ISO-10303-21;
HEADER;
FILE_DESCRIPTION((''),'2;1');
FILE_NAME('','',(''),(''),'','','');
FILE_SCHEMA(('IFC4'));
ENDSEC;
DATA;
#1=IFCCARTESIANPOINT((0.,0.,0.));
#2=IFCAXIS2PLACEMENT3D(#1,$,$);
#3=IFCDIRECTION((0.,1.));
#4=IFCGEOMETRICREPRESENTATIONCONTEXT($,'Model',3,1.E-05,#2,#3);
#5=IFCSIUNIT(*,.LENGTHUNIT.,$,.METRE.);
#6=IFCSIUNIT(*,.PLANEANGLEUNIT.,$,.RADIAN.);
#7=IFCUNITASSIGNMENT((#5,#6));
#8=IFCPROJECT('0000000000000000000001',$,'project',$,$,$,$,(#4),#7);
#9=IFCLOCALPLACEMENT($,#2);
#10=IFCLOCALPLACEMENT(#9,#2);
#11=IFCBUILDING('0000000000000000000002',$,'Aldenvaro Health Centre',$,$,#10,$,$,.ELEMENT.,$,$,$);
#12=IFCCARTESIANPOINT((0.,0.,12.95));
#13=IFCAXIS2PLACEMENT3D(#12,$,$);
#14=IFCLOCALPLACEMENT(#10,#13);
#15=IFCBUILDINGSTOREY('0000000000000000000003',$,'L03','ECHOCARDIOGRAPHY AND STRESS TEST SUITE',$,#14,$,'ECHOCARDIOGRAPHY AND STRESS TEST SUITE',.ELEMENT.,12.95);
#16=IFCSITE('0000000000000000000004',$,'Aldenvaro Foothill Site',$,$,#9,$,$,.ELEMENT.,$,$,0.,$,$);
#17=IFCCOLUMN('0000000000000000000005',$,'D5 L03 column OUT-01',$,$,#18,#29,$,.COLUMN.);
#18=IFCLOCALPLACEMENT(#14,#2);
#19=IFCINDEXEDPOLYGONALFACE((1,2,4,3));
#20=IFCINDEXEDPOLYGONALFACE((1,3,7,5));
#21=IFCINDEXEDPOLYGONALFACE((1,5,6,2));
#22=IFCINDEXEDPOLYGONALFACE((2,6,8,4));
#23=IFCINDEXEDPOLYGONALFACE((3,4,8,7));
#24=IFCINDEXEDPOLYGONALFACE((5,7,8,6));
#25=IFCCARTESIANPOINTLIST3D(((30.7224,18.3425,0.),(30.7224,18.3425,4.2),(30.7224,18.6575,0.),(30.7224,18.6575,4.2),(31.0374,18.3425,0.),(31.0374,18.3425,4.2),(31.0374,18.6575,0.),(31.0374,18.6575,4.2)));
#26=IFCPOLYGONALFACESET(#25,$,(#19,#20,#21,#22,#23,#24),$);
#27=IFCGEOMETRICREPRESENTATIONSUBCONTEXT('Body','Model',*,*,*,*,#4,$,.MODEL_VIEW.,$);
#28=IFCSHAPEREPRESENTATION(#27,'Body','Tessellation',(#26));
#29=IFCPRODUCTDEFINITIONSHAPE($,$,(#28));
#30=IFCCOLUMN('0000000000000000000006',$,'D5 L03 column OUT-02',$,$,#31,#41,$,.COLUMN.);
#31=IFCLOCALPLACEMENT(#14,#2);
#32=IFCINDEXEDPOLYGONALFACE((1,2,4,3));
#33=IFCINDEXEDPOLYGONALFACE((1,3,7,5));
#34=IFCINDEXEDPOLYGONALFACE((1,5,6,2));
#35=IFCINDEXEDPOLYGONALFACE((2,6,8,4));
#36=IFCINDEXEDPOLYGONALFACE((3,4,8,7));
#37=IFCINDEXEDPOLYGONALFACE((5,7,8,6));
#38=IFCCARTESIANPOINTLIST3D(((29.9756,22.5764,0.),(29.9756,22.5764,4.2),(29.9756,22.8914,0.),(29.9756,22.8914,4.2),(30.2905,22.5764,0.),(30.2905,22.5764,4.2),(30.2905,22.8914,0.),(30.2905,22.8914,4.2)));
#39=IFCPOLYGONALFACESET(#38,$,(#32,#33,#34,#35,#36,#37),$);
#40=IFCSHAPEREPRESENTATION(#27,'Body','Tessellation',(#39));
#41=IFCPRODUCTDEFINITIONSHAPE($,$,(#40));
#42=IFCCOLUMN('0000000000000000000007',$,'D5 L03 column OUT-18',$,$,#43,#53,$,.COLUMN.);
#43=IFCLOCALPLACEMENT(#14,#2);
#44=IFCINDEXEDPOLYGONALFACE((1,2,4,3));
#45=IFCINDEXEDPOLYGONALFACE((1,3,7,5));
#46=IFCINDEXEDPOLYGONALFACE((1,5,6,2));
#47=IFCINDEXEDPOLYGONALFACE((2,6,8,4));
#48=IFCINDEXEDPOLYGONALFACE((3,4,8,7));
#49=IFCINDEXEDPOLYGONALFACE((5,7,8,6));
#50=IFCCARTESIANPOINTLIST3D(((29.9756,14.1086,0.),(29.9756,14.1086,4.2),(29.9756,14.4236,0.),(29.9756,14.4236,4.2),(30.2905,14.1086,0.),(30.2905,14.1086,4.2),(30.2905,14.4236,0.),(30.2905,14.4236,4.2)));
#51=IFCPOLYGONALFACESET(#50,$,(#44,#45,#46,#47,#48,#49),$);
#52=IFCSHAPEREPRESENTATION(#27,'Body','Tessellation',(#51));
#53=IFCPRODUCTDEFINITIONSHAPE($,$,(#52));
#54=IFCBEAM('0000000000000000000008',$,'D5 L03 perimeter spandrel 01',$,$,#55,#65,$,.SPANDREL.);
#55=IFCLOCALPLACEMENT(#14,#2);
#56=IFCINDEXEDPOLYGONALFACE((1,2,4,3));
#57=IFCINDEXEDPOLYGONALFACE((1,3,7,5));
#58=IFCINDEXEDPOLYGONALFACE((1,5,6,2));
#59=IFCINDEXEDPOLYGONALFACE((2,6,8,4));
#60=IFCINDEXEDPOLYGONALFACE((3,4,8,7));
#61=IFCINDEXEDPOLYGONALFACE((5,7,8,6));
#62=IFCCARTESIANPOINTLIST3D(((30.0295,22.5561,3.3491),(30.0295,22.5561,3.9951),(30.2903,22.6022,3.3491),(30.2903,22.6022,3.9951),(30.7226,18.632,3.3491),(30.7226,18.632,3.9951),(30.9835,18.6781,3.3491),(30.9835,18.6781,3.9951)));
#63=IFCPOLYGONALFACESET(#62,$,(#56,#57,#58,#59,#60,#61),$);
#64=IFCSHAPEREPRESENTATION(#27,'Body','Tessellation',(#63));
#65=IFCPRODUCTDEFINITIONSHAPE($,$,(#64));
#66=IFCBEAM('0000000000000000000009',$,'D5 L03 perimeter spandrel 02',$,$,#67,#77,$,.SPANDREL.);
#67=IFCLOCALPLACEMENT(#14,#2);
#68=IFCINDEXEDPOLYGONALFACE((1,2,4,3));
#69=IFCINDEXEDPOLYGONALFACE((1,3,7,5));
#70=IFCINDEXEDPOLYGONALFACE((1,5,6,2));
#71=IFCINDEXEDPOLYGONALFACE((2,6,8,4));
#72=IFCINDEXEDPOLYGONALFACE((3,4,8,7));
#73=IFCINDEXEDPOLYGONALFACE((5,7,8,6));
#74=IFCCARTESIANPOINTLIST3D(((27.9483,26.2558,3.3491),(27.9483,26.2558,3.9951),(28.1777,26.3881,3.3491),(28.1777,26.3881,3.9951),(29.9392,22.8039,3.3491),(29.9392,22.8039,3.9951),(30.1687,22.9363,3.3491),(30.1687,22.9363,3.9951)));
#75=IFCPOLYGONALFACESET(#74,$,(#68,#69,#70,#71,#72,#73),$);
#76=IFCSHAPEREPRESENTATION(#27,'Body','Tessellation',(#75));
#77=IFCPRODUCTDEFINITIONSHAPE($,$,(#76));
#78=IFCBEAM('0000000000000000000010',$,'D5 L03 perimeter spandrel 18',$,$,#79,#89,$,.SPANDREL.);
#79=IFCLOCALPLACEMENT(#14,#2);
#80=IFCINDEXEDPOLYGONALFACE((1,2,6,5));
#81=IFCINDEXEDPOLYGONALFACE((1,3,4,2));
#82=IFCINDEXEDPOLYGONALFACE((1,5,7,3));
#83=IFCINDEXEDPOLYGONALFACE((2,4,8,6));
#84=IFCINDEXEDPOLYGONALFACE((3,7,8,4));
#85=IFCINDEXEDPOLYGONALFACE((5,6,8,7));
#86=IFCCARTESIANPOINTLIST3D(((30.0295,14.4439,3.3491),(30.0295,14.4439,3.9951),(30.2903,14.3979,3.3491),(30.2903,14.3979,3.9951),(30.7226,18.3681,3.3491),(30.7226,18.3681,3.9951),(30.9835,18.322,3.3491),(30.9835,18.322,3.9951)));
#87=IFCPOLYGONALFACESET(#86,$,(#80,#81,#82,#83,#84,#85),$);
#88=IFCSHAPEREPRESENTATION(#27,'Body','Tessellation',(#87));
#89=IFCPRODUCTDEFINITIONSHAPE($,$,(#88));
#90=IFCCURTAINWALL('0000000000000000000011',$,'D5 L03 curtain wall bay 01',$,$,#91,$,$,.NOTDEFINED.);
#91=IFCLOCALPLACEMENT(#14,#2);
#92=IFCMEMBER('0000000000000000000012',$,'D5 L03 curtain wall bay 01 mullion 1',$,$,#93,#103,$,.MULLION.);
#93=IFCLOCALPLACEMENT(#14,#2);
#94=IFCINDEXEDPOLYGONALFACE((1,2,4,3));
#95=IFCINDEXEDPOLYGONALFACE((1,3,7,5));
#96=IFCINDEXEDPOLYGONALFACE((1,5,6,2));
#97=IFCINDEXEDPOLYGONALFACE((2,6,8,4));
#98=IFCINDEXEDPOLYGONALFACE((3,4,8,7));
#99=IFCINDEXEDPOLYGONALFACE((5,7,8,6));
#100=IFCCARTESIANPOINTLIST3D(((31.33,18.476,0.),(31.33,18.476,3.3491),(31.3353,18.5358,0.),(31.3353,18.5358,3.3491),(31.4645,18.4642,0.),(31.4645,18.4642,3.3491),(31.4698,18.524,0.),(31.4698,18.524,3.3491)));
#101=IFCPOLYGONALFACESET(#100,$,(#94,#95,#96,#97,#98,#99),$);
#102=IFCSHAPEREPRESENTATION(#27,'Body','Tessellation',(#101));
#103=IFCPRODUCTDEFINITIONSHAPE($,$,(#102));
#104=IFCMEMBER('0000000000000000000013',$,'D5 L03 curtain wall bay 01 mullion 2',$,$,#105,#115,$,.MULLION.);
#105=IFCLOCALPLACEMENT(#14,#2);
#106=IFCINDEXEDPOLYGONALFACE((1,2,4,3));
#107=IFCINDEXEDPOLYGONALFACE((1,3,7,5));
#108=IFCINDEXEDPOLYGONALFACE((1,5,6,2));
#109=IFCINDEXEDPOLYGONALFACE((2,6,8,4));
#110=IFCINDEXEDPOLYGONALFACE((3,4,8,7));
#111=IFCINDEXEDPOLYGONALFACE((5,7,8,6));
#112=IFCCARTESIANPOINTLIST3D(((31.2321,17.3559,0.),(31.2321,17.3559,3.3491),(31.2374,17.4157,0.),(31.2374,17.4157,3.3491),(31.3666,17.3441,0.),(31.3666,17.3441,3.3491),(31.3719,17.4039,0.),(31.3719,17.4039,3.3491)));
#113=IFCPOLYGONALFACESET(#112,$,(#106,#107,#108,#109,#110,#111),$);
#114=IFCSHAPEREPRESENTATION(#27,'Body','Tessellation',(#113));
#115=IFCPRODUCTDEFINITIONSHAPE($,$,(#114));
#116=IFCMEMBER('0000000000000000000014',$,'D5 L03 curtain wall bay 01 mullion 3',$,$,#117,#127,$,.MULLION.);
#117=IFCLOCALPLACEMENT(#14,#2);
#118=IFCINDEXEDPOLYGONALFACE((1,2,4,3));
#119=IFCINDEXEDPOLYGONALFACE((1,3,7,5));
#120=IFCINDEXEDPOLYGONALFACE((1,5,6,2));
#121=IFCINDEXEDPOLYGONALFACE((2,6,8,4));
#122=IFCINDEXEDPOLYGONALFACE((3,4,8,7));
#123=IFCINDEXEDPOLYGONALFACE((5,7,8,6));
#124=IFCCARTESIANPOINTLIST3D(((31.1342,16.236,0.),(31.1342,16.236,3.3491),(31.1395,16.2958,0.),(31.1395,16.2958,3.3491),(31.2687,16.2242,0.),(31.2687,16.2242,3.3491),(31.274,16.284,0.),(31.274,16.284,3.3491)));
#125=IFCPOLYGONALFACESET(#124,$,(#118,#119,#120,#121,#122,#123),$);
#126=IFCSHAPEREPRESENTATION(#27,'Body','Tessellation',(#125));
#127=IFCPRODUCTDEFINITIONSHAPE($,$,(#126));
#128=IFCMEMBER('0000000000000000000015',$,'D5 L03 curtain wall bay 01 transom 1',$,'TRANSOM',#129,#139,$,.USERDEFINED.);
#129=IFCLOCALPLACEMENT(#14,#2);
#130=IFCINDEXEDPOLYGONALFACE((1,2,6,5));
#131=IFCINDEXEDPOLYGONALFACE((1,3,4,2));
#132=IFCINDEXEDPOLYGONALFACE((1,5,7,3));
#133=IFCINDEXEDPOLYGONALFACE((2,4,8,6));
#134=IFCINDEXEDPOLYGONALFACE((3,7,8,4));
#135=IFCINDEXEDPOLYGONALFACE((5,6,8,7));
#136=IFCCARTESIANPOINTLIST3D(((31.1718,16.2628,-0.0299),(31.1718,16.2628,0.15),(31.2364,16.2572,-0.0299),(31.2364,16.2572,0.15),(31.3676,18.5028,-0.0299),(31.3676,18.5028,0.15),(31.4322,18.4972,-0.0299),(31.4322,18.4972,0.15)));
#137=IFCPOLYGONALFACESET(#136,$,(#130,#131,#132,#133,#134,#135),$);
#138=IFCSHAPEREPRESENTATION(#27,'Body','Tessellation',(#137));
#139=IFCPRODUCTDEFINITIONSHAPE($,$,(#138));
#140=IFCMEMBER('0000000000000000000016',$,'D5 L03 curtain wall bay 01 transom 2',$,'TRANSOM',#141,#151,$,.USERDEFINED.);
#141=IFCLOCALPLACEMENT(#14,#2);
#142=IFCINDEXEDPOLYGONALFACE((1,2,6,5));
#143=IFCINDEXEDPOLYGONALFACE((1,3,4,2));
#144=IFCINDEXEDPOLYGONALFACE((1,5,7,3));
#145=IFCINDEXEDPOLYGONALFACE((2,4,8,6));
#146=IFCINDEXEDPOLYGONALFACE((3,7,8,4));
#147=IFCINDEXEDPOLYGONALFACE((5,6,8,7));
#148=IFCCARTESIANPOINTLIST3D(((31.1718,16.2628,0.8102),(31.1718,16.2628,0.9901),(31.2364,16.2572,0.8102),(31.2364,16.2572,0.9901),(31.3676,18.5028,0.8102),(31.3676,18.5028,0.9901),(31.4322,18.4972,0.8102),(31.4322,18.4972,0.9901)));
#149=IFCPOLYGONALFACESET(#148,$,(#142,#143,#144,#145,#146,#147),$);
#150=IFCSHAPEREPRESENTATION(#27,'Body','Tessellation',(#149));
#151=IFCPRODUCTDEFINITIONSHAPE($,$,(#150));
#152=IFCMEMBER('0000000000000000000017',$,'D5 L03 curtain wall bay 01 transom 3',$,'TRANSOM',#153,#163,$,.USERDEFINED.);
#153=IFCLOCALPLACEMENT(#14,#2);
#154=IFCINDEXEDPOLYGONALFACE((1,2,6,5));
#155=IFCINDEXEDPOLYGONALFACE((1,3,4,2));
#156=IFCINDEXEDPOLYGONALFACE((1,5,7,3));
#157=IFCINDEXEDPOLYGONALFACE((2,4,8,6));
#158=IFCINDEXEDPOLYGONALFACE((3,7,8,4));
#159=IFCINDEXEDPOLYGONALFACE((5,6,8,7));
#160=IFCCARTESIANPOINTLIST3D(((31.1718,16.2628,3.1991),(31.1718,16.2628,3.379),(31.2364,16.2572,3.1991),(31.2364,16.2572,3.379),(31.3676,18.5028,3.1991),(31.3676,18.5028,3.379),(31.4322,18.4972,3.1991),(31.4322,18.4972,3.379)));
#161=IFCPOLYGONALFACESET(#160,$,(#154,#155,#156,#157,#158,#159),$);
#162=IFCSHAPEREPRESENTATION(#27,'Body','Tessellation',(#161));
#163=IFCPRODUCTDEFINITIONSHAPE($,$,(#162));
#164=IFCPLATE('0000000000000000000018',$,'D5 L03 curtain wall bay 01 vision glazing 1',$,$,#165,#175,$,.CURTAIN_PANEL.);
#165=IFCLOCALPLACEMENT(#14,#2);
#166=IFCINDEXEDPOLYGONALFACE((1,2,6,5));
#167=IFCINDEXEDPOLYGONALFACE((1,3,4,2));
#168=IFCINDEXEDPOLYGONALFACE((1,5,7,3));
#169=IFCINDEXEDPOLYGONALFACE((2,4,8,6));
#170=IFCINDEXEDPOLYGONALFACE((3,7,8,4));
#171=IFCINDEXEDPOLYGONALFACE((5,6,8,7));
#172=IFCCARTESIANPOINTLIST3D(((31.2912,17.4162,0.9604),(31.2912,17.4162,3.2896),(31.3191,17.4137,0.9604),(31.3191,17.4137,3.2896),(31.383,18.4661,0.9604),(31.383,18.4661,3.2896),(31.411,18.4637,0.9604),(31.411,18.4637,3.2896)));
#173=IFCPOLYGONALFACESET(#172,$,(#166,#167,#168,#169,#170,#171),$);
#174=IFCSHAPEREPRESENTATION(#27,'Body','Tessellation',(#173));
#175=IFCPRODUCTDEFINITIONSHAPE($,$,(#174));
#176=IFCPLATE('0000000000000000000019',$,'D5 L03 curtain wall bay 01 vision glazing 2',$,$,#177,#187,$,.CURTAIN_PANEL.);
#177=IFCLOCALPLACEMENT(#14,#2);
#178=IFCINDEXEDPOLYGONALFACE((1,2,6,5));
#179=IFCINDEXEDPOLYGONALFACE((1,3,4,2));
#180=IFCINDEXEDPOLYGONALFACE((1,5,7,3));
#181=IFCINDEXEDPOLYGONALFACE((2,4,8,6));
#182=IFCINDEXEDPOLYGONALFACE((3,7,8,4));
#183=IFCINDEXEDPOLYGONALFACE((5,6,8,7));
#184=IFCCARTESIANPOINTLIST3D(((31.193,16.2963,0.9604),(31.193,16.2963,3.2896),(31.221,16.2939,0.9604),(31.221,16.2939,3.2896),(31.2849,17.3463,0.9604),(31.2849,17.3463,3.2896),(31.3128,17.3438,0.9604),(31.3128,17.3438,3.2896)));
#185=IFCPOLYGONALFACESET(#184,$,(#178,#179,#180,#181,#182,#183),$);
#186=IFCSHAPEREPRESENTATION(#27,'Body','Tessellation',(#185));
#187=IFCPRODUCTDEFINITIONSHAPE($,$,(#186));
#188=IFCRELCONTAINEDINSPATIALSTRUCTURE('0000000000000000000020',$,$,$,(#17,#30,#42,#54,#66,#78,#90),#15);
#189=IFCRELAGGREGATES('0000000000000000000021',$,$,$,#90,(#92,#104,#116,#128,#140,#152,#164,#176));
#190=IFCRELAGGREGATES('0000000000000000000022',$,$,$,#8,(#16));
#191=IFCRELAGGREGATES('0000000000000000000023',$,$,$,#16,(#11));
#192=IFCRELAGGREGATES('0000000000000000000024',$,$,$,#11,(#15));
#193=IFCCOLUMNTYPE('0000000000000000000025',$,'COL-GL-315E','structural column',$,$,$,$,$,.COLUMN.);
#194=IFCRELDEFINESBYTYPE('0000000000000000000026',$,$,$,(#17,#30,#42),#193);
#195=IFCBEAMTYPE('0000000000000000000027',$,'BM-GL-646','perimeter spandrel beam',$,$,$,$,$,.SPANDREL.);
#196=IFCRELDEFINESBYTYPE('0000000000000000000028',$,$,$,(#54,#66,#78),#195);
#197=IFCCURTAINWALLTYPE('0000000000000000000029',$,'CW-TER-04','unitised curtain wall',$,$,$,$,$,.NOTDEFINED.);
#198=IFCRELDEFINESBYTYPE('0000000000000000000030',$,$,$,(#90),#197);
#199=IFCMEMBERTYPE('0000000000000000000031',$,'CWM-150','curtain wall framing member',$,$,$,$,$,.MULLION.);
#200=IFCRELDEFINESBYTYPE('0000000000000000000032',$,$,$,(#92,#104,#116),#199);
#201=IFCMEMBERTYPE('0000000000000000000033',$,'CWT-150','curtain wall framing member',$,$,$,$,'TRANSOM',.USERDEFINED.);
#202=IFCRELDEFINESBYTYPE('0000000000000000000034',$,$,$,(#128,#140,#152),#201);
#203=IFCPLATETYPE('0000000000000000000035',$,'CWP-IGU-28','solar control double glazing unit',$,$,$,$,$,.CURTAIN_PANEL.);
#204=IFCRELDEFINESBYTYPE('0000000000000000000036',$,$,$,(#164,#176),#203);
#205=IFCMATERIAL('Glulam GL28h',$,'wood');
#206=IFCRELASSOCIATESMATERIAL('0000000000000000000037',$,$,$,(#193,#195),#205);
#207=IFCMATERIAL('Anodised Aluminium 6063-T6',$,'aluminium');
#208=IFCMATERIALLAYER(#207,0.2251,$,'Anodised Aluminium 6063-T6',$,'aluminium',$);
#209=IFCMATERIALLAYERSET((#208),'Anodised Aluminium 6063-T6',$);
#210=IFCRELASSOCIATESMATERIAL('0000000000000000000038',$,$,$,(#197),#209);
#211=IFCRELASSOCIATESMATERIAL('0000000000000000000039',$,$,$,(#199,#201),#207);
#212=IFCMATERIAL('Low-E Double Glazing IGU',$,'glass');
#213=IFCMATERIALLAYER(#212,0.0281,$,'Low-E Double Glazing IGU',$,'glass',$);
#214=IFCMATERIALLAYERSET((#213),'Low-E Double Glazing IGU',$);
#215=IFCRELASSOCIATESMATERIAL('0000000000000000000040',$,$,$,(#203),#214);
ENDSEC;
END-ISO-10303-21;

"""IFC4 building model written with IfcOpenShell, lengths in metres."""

from ifc_helpers import new_model, si_unit, direction, frame, origin, origin_2d, place, context, subcontext, project, spatial, rectangle, extrude, material, layer, layer_set, material_profile, profile_set, type_object, element, aggregate, save


model = new_model("IFC4")

# Units and contexts
model_context = context("Model", 3, precision=1e-05, world=origin(), true_north=direction((0.0, 1.0)))
body_context = subcontext(model_context, "Body", "Model", "MODEL_VIEW")
ifc_project = project(units=[si_unit("LENGTHUNIT", "METRE"), si_unit("PLANEANGLEUNIT", "RADIAN")], contexts=[model_context])

# Site, building, storey
site_placement = place(None, origin())
site = spatial("IfcSite", under=ifc_project, at=site_placement, Name="Aldenvaro Foothill Site", CompositionType="ELEMENT", RefElevation=0.0)
building_placement = place(site_placement, origin())
building = spatial("IfcBuilding", under=site, at=building_placement, Name="Aldenvaro Health Centre", CompositionType="ELEMENT")
storey_placement = place(building_placement, frame((0.0, 0.0, 12.95)))
storey = spatial("IfcBuildingStorey", under=building, at=storey_placement, Name="L03", Description="ECHOCARDIOGRAPHY AND STRESS TEST SUITE", LongName="ECHOCARDIOGRAPHY AND STRESS TEST SUITE", CompositionType="ELEMENT", Elevation=12.95)

# Columns
ifc_material_1 = material(Name="Glulam GL28h", Category="wood")
ifc_material_profile_1 = material_profile(ifc_material_1, rectangle(XDim=0.3149, YDim=0.3149, at=origin_2d()), Name="GL 315x315", Category="wood")
ifc_profile_set_1 = profile_set([ifc_material_profile_1], Name="Glulam GL28h")
column_type = type_object("IfcColumnType", Name="COL-GL-315E", Description="structural column", PredefinedType="COLUMN", material=ifc_profile_set_1)
for number, where, z_axis, x_axis, name in (
    (1, (30.8799, 18.5, 0.0), (0.0, 0.0, 1.0), (1.0, 0.0, 0.0), "D5 L03 column OUT-01"),
    (2, (30.1331, 22.7339, 0.0), (0.0, 0.0, 1.0), (1.0, 0.0, 0.0), "D5 L03 column OUT-02"),
    (3, (30.1331, 14.2661, 0.0), (0.0, 0.0, 1.0), (1.0, 0.0, 0.0), "D5 L03 column OUT-18"),
):
    element("IfcColumn", number, at=place(storey_placement, frame(where, z_axis=z_axis, x_axis=x_axis)), inside=storey, type_object=column_type, Name=name, PredefinedType="COLUMN", context=body_context, shape_type="SweptSolid", body=[
        extrude(rectangle(XDim=0.3149, YDim=0.3149, at=origin_2d()), origin(), (0.0, 0.0, 1.0), 4.2),
    ])

# Beams
ifc_material_profile_2 = material_profile(ifc_material_1, rectangle(XDim=0.2649, YDim=0.646, at=origin_2d()), Name="GL 265x646", Category="wood")
ifc_profile_set_2 = profile_set([ifc_material_profile_2], Name="Glulam GL28h")
beam_type = type_object("IfcBeamType", Name="BM-GL-646", Description="perimeter spandrel beam", PredefinedType="SPANDREL", material=ifc_profile_set_2)
for number, where, z_axis, x_axis, name in (
    (4, (30.853, 18.655, 3.6721), (-0.173939, 0.984756, 0.0), (-0.984756, -0.173939, 0.0), "D5 L03 perimeter spandrel 01"),
    (5, (30.054, 22.8701, 3.6721), (-0.499625, 0.866242, 0.0), (-0.866242, -0.499625, 0.0), "D5 L03 perimeter spandrel 02"),
    (6, (30.1599, 14.4209, 3.6721), (0.173939, 0.984756, 0.0), (-0.984756, 0.173939, 0.0), "D5 L03 perimeter spandrel 18"),
):
    element("IfcBeam", number, at=place(storey_placement, frame(where, z_axis=z_axis, x_axis=x_axis)), inside=storey, type_object=beam_type, Name=name, PredefinedType="SPANDREL", context=body_context, shape_type="SweptSolid", body=[
        extrude(rectangle(XDim=0.2649, YDim=0.646, at=origin_2d()), origin(), (0.0, 0.0, 1.0), 3.9849),
    ])

# Curtain wall, members, plates
ifc_material_2 = material(Name="Anodised Aluminium 6063-T6", Category="aluminium")
ifc_layer_1 = layer(ifc_material_2, 0.2251, Name="Anodised Aluminium 6063-T6", Category="aluminium")
ifc_layer_set_1 = layer_set([ifc_layer_1], Name="Anodised Aluminium 6063-T6")
curtain_wall_type = type_object("IfcCurtainWallType", Name="CW-TER-04", Description="unitised curtain wall", PredefinedType="NOTDEFINED", material=ifc_layer_set_1)
curtain_wall_placement = place(storey_placement, origin())
curtain_wall = element("IfcCurtainWall", 7, at=curtain_wall_placement, inside=storey, type_object=curtain_wall_type, Name="D5 L03 curtain wall bay 01", PredefinedType="NOTDEFINED")
ifc_material_profile_3 = material_profile(ifc_material_2, rectangle(XDim=0.0601, YDim=0.135, at=origin_2d()), Name="ALU 60x135", Category="aluminium")
ifc_profile_set_3 = profile_set([ifc_material_profile_3], Name="Anodised Aluminium 6063-T6")
member_type_1 = type_object("IfcMemberType", Name="CWM-150", Description="curtain wall framing member", PredefinedType="MULLION", material=ifc_profile_set_3)
member_1_placement = place(storey_placement, frame((31.3999, 18.5, 0.0), z_axis=(0.0, 0.0, 1.0), x_axis=(-0.087167, -0.996194, 0.0)))
member_1 = element("IfcMember", 8, at=member_1_placement, type_object=member_type_1, Name="D5 L03 curtain wall bay 01 mullion 1", PredefinedType="MULLION", context=body_context, shape_type="SweptSolid", body=[
    extrude(rectangle(XDim=0.0601, YDim=0.135, at=origin_2d()), origin(), (0.0, 0.0, 1.0), 3.3491),
])
member_2_placement = place(storey_placement, frame((31.302, 17.3799, 0.0), z_axis=(0.0, 0.0, 1.0), x_axis=(-0.087167, -0.996194, 0.0)))
member_2 = element("IfcMember", 9, at=member_2_placement, type_object=member_type_1, Name="D5 L03 curtain wall bay 01 mullion 2", PredefinedType="MULLION", context=body_context, shape_type="SweptSolid", body=[
    extrude(rectangle(XDim=0.0601, YDim=0.135, at=origin_2d()), origin(), (0.0, 0.0, 1.0), 3.3491),
])
member_3_placement = place(storey_placement, frame((31.2041, 16.26, 0.0), z_axis=(0.0, 0.0, 1.0), x_axis=(-0.087167, -0.996194, 0.0)))
member_3 = element("IfcMember", 10, at=member_3_placement, type_object=member_type_1, Name="D5 L03 curtain wall bay 01 mullion 3", PredefinedType="MULLION", context=body_context, shape_type="SweptSolid", body=[
    extrude(rectangle(XDim=0.0601, YDim=0.135, at=origin_2d()), origin(), (0.0, 0.0, 1.0), 3.3491),
])
ifc_material_profile_4 = material_profile(ifc_material_2, rectangle(XDim=0.0649, YDim=0.1799, at=origin_2d()), Name="ALU 65x180", Category="aluminium")
ifc_profile_set_4 = profile_set([ifc_material_profile_4], Name="Anodised Aluminium 6063-T6")
member_type_2 = type_object("IfcMemberType", Name="CWT-150", Description="curtain wall framing member", ElementType="TRANSOM", PredefinedType="USERDEFINED", material=ifc_profile_set_4)
member_4_placement = place(storey_placement, frame((31.3999, 18.5, 0.0601), z_axis=(-0.087079, -0.996201, 0.0), x_axis=(0.996201, -0.087079, 0.0)))
member_4 = element("IfcMember", 11, at=member_4_placement, type_object=member_type_2, Name="D5 L03 curtain wall bay 01 transom 1", ObjectType="TRANSOM", PredefinedType="USERDEFINED", context=body_context, shape_type="SweptSolid", body=[
    extrude(rectangle(XDim=0.0649, YDim=0.1799, at=origin_2d()), origin(), (0.0, 0.0, 1.0), 2.2485),
])
member_5_placement = place(storey_placement, frame((31.3999, 18.5, 0.9001), z_axis=(-0.087079, -0.996201, 0.0), x_axis=(0.996201, -0.087079, 0.0)))
member_5 = element("IfcMember", 12, at=member_5_placement, type_object=member_type_2, Name="D5 L03 curtain wall bay 01 transom 2", ObjectType="TRANSOM", PredefinedType="USERDEFINED", context=body_context, shape_type="SweptSolid", body=[
    extrude(rectangle(XDim=0.0649, YDim=0.1799, at=origin_2d()), origin(), (0.0, 0.0, 1.0), 2.2485),
])
member_6_placement = place(storey_placement, frame((31.3999, 18.5, 3.2891), z_axis=(-0.087079, -0.996201, 0.0), x_axis=(0.996201, -0.087079, 0.0)))
member_6 = element("IfcMember", 13, at=member_6_placement, type_object=member_type_2, Name="D5 L03 curtain wall bay 01 transom 3", ObjectType="TRANSOM", PredefinedType="USERDEFINED", context=body_context, shape_type="SweptSolid", body=[
    extrude(rectangle(XDim=0.0649, YDim=0.1799, at=origin_2d()), origin(), (0.0, 0.0, 1.0), 2.2485),
])
ifc_material_3 = material(Name="Low-E Double Glazing IGU", Category="glass")
ifc_layer_2 = layer(ifc_material_3, 0.0281, Name="Low-E Double Glazing IGU", Category="glass")
ifc_layer_set_2 = layer_set([ifc_layer_2], Name="Low-E Double Glazing IGU")
plate_type_1 = type_object("IfcPlateType", Name="CWP-IGU-28", Description="solar control double glazing unit", PredefinedType="CURTAIN_PANEL", material=ifc_layer_set_2)
plate_1_placement = place(storey_placement, frame((31.3511, 17.9399, 0.9604), z_axis=(0.0, 0.0, 1.0), x_axis=(-0.087167, -0.996194, 0.0)))
plate_1 = element("IfcPlate", 14, at=plate_1_placement, type_object=plate_type_1, Name="D5 L03 curtain wall bay 01 vision glazing 1", PredefinedType="CURTAIN_PANEL", context=body_context, shape_type="SweptSolid", body=[
    extrude(rectangle(XDim=1.054, YDim=0.0281, at=origin_2d()), origin(), (0.0, 0.0, 1.0), 2.3291),
])
plate_2_placement = place(storey_placement, frame((31.2529, 16.8201, 0.9604), z_axis=(0.0, 0.0, 1.0), x_axis=(-0.087167, -0.996194, 0.0)))
plate_2 = element("IfcPlate", 15, at=plate_2_placement, type_object=plate_type_1, Name="D5 L03 curtain wall bay 01 vision glazing 2", PredefinedType="CURTAIN_PANEL", context=body_context, shape_type="SweptSolid", body=[
    extrude(rectangle(XDim=1.054, YDim=0.0281, at=origin_2d()), origin(), (0.0, 0.0, 1.0), 2.3291),
])
aggregate(curtain_wall, [member_1, member_2, member_3, member_4, member_5, member_6, plate_1, plate_2])

save(model, "model.ifc")
